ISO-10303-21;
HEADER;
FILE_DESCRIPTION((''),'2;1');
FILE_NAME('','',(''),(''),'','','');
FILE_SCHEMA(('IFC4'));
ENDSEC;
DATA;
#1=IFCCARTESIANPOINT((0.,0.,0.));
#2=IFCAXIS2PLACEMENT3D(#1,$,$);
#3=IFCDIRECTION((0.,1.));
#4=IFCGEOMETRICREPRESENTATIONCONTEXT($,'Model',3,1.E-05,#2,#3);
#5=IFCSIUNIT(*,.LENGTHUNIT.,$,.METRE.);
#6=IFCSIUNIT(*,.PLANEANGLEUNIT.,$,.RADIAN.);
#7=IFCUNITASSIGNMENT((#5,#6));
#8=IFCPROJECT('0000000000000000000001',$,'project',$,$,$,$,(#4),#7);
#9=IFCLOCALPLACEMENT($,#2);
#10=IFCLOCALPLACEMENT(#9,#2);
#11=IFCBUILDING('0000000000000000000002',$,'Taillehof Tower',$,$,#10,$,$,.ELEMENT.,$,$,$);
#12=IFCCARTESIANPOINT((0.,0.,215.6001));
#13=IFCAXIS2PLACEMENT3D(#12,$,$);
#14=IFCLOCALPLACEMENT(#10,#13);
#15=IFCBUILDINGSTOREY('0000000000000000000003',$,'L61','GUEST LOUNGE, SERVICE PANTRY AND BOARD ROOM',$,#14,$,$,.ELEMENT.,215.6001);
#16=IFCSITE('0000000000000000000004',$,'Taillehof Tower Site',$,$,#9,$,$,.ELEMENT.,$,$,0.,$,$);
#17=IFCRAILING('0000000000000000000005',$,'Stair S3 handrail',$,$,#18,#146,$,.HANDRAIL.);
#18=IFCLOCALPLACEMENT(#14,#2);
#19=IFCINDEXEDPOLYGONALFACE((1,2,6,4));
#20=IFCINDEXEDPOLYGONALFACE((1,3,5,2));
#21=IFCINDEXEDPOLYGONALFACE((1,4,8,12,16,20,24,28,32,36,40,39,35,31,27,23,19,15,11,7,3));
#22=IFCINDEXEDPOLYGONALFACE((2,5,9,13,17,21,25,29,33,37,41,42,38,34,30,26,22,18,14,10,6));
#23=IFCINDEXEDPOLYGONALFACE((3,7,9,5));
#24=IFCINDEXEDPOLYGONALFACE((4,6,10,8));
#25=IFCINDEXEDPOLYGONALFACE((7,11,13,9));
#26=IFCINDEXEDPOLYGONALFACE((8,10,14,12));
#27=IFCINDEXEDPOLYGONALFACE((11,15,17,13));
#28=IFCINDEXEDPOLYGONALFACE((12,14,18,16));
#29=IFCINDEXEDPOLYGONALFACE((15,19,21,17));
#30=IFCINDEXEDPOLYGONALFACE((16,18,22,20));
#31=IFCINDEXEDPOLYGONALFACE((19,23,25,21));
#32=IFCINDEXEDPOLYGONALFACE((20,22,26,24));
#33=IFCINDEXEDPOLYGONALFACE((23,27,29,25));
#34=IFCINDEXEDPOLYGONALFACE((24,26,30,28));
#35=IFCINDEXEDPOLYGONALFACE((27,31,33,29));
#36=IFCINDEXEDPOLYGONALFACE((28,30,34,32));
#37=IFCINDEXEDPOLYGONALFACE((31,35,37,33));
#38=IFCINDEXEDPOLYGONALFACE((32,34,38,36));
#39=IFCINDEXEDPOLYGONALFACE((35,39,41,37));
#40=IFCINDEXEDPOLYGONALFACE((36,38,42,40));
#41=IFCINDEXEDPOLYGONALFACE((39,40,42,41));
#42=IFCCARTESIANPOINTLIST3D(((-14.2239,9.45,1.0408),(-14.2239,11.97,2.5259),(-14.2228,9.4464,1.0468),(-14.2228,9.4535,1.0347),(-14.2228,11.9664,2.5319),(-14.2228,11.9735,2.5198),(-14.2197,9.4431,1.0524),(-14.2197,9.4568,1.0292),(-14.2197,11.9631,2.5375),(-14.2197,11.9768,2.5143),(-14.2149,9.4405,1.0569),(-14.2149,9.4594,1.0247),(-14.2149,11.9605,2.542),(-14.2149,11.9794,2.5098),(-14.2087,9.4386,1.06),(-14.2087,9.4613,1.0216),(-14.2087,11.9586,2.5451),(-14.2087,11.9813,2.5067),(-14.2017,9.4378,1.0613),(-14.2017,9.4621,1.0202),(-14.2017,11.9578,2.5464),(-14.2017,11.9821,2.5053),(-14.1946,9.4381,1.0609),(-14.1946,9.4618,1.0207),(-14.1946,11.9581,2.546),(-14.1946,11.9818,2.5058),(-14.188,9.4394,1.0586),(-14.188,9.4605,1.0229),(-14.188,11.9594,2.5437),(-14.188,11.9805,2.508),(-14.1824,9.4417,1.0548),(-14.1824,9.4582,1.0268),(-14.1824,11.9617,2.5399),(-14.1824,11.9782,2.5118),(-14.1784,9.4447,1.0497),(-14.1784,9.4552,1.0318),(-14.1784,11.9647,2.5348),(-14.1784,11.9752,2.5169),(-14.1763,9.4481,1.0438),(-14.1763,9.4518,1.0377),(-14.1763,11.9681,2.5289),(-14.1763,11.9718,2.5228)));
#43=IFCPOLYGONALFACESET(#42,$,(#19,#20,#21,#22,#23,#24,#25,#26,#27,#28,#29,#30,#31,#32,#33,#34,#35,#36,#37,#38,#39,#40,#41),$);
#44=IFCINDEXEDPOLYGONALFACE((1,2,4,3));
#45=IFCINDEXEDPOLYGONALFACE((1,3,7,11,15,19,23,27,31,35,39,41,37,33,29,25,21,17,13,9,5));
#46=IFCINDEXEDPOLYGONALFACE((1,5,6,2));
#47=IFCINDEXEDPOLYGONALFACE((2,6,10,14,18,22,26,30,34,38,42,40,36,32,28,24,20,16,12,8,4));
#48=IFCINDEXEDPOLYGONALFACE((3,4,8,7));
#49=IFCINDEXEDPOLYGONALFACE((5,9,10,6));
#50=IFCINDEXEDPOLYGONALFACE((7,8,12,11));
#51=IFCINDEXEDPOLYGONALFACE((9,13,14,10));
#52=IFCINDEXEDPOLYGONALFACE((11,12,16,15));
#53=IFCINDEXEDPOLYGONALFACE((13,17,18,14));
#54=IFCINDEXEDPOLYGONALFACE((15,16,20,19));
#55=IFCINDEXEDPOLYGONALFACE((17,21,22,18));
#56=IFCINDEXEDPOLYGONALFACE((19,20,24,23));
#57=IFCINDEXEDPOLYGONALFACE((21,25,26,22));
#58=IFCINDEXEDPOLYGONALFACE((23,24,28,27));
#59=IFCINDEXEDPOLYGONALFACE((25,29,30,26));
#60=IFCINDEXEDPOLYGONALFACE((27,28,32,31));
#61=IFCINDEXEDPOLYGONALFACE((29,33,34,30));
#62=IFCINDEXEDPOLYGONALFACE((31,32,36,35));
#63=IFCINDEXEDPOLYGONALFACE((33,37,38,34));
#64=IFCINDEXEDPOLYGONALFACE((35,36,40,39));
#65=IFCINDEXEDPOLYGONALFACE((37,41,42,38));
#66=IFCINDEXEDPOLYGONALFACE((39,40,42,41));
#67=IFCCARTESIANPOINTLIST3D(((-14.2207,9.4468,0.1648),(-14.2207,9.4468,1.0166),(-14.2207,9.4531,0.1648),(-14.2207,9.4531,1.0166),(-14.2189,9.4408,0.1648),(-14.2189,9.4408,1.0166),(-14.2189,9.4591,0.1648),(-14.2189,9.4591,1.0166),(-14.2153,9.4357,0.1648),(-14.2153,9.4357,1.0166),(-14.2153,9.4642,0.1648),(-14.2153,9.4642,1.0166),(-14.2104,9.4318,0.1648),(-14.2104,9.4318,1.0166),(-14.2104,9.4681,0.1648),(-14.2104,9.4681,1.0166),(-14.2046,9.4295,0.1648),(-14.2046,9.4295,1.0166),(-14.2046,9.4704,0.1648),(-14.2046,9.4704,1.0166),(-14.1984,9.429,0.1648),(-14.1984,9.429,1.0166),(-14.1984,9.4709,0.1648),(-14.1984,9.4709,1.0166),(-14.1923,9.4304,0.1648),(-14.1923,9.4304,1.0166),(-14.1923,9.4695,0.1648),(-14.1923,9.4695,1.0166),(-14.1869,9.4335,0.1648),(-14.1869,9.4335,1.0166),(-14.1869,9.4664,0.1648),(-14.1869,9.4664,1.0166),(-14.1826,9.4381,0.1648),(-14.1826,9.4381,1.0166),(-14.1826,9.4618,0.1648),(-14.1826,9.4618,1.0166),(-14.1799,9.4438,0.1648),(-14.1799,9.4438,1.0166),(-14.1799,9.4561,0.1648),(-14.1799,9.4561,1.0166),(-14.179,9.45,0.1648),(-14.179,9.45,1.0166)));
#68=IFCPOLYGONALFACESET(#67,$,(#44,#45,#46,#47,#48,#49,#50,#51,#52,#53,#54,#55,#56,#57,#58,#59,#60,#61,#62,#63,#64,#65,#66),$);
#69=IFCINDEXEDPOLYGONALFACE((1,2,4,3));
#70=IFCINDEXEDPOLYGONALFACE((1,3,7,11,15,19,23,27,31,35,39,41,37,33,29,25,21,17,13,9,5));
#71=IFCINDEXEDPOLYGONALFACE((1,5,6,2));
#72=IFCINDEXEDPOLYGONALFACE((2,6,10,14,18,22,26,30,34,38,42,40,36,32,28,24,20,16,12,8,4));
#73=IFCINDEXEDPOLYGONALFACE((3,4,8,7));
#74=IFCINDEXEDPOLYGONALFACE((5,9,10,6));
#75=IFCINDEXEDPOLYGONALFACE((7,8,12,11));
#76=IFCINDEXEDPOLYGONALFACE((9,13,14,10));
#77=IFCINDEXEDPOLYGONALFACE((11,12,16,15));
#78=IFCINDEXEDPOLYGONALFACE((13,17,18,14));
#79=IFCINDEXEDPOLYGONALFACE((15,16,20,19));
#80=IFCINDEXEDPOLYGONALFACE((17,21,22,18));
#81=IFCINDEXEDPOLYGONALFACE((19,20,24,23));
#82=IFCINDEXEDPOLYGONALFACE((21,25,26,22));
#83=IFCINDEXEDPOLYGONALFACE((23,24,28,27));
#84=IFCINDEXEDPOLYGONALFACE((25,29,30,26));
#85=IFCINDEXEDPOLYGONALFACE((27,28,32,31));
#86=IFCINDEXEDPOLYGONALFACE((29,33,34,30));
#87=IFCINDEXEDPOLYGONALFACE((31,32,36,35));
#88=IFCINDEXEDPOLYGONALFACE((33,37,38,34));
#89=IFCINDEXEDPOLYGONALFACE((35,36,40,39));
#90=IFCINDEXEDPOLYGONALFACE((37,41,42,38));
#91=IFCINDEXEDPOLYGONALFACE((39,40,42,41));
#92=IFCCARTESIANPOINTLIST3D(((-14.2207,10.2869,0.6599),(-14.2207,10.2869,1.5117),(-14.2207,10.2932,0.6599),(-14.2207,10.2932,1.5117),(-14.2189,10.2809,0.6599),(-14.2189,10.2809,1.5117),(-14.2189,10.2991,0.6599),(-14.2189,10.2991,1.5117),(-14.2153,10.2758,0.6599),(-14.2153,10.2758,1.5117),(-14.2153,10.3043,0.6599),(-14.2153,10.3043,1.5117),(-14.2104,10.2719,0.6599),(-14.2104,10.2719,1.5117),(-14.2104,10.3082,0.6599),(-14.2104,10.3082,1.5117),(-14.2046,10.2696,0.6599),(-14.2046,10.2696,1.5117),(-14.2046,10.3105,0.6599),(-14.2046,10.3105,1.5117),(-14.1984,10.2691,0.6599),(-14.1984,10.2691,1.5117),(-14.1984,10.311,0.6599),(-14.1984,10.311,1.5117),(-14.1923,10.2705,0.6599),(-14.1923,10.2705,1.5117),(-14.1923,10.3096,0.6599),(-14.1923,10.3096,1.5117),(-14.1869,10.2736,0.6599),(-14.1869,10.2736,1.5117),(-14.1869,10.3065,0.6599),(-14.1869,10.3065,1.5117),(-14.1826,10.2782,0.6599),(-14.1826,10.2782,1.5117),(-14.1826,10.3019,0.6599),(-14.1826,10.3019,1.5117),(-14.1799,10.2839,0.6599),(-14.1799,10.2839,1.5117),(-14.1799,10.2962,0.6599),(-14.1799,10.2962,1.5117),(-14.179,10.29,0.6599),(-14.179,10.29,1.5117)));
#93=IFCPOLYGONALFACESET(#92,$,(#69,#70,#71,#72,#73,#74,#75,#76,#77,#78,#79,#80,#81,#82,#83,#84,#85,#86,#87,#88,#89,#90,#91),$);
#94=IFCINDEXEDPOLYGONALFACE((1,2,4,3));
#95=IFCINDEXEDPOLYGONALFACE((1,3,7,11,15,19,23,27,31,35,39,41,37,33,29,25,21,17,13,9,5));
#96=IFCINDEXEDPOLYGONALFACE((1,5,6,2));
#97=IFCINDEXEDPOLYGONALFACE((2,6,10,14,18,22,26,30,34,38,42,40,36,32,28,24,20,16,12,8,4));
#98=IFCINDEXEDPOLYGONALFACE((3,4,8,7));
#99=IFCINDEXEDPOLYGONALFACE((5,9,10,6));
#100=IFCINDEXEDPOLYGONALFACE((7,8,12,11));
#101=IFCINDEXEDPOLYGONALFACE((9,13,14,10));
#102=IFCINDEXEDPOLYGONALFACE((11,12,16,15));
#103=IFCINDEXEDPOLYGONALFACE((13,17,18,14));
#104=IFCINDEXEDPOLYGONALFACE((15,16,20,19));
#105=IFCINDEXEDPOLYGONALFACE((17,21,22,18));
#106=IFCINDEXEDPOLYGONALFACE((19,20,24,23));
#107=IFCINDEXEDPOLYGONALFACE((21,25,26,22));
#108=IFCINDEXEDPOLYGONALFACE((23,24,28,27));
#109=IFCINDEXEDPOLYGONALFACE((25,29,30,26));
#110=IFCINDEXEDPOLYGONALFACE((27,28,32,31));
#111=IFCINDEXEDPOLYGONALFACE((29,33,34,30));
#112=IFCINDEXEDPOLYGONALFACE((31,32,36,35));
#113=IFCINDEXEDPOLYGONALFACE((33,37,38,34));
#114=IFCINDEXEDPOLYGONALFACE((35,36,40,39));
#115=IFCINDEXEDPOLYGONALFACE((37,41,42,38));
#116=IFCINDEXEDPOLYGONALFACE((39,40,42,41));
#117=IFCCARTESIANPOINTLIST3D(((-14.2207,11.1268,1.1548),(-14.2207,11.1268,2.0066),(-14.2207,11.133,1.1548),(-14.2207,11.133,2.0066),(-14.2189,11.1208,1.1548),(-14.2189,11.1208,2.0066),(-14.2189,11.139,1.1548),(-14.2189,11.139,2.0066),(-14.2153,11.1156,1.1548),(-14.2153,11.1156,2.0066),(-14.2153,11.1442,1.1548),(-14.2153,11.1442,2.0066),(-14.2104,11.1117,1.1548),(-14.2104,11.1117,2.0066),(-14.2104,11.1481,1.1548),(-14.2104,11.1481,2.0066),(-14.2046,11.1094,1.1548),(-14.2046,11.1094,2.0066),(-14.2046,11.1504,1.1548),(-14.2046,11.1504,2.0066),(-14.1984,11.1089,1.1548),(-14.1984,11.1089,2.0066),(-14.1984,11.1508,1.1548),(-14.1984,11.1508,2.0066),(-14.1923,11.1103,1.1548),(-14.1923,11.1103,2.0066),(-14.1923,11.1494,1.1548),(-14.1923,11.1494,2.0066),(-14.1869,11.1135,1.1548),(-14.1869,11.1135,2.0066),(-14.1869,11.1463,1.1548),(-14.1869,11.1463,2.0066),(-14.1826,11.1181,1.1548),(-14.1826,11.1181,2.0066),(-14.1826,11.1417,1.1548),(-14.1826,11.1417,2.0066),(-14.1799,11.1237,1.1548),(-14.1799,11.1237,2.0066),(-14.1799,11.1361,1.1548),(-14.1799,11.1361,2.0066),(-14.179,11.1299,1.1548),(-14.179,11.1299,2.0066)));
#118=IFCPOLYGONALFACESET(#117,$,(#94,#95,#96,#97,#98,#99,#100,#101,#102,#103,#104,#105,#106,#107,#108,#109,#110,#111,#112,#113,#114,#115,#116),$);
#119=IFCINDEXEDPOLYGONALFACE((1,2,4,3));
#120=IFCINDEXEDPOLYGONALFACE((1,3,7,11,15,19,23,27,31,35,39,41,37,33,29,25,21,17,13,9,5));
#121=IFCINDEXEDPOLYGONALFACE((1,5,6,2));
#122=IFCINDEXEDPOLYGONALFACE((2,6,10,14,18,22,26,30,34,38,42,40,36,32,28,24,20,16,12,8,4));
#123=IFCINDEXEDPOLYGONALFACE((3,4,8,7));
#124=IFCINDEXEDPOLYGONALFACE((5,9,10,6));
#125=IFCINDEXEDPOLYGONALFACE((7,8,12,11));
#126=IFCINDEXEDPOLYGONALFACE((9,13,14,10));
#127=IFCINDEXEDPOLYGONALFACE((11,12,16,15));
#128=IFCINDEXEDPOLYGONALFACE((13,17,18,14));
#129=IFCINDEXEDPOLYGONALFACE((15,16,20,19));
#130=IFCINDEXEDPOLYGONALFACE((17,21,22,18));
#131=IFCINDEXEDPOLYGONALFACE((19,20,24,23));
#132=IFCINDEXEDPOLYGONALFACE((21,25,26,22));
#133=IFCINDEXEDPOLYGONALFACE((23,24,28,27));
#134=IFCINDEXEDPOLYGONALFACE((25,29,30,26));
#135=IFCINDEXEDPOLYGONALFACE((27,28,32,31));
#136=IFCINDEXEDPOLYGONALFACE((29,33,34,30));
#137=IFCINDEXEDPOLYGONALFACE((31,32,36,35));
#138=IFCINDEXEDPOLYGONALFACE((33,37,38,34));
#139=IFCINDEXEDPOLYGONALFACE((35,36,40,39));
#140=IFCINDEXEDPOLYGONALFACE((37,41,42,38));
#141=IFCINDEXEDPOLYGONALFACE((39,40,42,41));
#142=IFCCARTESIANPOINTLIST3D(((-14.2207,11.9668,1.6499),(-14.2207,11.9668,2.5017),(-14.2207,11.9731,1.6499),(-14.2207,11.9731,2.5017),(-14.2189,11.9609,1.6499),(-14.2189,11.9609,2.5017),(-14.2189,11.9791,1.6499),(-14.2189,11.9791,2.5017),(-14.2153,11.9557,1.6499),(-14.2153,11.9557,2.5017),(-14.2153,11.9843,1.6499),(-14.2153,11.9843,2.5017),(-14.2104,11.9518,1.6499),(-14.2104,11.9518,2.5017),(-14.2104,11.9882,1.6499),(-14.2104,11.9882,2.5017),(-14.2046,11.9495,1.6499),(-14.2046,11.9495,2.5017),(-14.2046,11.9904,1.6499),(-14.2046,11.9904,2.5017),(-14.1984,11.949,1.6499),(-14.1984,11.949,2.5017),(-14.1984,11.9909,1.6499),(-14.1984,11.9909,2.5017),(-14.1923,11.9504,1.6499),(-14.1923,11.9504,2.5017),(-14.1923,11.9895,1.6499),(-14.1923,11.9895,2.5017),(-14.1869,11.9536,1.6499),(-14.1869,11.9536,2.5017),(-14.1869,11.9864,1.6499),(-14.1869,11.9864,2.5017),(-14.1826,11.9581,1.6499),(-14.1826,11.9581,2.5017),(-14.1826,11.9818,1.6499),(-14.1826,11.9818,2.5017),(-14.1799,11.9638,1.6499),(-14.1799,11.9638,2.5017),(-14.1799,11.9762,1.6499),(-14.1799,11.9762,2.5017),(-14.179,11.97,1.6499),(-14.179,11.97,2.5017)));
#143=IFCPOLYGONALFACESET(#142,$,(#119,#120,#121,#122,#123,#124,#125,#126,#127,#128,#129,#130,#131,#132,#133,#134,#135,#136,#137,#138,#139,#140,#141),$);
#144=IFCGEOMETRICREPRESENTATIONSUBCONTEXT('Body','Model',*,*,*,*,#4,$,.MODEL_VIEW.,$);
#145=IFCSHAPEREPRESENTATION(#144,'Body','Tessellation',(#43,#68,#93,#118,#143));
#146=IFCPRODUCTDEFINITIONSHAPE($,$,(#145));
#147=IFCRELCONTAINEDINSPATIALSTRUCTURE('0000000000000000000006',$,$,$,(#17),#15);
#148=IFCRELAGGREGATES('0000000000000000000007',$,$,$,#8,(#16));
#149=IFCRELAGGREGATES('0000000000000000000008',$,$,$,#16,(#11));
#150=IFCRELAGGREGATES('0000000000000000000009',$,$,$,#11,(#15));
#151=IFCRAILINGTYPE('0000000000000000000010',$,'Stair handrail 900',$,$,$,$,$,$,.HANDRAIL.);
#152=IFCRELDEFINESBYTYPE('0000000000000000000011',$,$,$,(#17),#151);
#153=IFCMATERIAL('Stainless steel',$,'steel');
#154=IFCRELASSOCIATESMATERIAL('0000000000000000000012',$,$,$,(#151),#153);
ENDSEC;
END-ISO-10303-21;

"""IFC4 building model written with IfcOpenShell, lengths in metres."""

from ifc_helpers import new_model, si_unit, direction, frame, origin, origin_2d, place, context, subcontext, project, spatial, circle, extrude, material, type_object, element, save


model = new_model("IFC4")

# Units and contexts
model_context = context("Model", 3, precision=1e-05, world=origin(), true_north=direction((0.0, 1.0)))
body_context = subcontext(model_context, "Body", "Model", "MODEL_VIEW")
ifc_project = project(units=[si_unit("LENGTHUNIT", "METRE"), si_unit("PLANEANGLEUNIT", "RADIAN")], contexts=[model_context])

# Site, building, storey
site_placement = place(None, origin())
site = spatial("IfcSite", under=ifc_project, at=site_placement, Name="Taillehof Tower Site", CompositionType="ELEMENT", RefElevation=0.0)
building_placement = place(site_placement, origin())
building = spatial("IfcBuilding", under=site, at=building_placement, Name="Taillehof Tower", CompositionType="ELEMENT")
storey_placement = place(building_placement, frame((0.0, 0.0, 215.6001)))
storey = spatial("IfcBuildingStorey", under=building, at=storey_placement, Name="L61", Description="GUEST LOUNGE, SERVICE PANTRY AND BOARD ROOM", CompositionType="ELEMENT", Elevation=215.6001)

# Railing
ifc_material_1 = material(Name="Stainless steel", Category="steel")
railing_type_1 = type_object("IfcRailingType", Name="Stair handrail 900", PredefinedType="HANDRAIL", material=ifc_material_1)
railing_1_placement = place(storey_placement, frame((-14.2, 9.45, 0.1648)))
element("IfcRailing", 1, at=railing_1_placement, inside=storey, type_object=railing_type_1, Name="Stair S3 handrail", PredefinedType="HANDRAIL", context=body_context, shape_type="SweptSolid", body=[
    extrude(circle(Radius=0.0239, at=origin_2d()), frame((0.0, 0.0, 0.876), z_axis=(0.0, 0.861524, 0.507717), x_axis=(-1.0, 0.0, 0.0)), (0.0, 0.0, 1.0), 2.925),
    extrude(circle(Radius=0.021, at=origin_2d()), origin(), (0.0, 0.0, 1.0), 0.8518),
    extrude(circle(Radius=0.021, at=origin_2d()), frame((0.0, 0.8401, 0.4951)), (0.0, 0.0, 1.0), 0.8518),
    extrude(circle(Radius=0.021, at=origin_2d()), frame((0.0, 1.6799, 0.99)), (0.0, 0.0, 1.0), 0.8518),
    extrude(circle(Radius=0.021, at=origin_2d()), frame((0.0, 2.52, 1.4851)), (0.0, 0.0, 1.0), 0.8518),
])

save(model, "model.ifc")
